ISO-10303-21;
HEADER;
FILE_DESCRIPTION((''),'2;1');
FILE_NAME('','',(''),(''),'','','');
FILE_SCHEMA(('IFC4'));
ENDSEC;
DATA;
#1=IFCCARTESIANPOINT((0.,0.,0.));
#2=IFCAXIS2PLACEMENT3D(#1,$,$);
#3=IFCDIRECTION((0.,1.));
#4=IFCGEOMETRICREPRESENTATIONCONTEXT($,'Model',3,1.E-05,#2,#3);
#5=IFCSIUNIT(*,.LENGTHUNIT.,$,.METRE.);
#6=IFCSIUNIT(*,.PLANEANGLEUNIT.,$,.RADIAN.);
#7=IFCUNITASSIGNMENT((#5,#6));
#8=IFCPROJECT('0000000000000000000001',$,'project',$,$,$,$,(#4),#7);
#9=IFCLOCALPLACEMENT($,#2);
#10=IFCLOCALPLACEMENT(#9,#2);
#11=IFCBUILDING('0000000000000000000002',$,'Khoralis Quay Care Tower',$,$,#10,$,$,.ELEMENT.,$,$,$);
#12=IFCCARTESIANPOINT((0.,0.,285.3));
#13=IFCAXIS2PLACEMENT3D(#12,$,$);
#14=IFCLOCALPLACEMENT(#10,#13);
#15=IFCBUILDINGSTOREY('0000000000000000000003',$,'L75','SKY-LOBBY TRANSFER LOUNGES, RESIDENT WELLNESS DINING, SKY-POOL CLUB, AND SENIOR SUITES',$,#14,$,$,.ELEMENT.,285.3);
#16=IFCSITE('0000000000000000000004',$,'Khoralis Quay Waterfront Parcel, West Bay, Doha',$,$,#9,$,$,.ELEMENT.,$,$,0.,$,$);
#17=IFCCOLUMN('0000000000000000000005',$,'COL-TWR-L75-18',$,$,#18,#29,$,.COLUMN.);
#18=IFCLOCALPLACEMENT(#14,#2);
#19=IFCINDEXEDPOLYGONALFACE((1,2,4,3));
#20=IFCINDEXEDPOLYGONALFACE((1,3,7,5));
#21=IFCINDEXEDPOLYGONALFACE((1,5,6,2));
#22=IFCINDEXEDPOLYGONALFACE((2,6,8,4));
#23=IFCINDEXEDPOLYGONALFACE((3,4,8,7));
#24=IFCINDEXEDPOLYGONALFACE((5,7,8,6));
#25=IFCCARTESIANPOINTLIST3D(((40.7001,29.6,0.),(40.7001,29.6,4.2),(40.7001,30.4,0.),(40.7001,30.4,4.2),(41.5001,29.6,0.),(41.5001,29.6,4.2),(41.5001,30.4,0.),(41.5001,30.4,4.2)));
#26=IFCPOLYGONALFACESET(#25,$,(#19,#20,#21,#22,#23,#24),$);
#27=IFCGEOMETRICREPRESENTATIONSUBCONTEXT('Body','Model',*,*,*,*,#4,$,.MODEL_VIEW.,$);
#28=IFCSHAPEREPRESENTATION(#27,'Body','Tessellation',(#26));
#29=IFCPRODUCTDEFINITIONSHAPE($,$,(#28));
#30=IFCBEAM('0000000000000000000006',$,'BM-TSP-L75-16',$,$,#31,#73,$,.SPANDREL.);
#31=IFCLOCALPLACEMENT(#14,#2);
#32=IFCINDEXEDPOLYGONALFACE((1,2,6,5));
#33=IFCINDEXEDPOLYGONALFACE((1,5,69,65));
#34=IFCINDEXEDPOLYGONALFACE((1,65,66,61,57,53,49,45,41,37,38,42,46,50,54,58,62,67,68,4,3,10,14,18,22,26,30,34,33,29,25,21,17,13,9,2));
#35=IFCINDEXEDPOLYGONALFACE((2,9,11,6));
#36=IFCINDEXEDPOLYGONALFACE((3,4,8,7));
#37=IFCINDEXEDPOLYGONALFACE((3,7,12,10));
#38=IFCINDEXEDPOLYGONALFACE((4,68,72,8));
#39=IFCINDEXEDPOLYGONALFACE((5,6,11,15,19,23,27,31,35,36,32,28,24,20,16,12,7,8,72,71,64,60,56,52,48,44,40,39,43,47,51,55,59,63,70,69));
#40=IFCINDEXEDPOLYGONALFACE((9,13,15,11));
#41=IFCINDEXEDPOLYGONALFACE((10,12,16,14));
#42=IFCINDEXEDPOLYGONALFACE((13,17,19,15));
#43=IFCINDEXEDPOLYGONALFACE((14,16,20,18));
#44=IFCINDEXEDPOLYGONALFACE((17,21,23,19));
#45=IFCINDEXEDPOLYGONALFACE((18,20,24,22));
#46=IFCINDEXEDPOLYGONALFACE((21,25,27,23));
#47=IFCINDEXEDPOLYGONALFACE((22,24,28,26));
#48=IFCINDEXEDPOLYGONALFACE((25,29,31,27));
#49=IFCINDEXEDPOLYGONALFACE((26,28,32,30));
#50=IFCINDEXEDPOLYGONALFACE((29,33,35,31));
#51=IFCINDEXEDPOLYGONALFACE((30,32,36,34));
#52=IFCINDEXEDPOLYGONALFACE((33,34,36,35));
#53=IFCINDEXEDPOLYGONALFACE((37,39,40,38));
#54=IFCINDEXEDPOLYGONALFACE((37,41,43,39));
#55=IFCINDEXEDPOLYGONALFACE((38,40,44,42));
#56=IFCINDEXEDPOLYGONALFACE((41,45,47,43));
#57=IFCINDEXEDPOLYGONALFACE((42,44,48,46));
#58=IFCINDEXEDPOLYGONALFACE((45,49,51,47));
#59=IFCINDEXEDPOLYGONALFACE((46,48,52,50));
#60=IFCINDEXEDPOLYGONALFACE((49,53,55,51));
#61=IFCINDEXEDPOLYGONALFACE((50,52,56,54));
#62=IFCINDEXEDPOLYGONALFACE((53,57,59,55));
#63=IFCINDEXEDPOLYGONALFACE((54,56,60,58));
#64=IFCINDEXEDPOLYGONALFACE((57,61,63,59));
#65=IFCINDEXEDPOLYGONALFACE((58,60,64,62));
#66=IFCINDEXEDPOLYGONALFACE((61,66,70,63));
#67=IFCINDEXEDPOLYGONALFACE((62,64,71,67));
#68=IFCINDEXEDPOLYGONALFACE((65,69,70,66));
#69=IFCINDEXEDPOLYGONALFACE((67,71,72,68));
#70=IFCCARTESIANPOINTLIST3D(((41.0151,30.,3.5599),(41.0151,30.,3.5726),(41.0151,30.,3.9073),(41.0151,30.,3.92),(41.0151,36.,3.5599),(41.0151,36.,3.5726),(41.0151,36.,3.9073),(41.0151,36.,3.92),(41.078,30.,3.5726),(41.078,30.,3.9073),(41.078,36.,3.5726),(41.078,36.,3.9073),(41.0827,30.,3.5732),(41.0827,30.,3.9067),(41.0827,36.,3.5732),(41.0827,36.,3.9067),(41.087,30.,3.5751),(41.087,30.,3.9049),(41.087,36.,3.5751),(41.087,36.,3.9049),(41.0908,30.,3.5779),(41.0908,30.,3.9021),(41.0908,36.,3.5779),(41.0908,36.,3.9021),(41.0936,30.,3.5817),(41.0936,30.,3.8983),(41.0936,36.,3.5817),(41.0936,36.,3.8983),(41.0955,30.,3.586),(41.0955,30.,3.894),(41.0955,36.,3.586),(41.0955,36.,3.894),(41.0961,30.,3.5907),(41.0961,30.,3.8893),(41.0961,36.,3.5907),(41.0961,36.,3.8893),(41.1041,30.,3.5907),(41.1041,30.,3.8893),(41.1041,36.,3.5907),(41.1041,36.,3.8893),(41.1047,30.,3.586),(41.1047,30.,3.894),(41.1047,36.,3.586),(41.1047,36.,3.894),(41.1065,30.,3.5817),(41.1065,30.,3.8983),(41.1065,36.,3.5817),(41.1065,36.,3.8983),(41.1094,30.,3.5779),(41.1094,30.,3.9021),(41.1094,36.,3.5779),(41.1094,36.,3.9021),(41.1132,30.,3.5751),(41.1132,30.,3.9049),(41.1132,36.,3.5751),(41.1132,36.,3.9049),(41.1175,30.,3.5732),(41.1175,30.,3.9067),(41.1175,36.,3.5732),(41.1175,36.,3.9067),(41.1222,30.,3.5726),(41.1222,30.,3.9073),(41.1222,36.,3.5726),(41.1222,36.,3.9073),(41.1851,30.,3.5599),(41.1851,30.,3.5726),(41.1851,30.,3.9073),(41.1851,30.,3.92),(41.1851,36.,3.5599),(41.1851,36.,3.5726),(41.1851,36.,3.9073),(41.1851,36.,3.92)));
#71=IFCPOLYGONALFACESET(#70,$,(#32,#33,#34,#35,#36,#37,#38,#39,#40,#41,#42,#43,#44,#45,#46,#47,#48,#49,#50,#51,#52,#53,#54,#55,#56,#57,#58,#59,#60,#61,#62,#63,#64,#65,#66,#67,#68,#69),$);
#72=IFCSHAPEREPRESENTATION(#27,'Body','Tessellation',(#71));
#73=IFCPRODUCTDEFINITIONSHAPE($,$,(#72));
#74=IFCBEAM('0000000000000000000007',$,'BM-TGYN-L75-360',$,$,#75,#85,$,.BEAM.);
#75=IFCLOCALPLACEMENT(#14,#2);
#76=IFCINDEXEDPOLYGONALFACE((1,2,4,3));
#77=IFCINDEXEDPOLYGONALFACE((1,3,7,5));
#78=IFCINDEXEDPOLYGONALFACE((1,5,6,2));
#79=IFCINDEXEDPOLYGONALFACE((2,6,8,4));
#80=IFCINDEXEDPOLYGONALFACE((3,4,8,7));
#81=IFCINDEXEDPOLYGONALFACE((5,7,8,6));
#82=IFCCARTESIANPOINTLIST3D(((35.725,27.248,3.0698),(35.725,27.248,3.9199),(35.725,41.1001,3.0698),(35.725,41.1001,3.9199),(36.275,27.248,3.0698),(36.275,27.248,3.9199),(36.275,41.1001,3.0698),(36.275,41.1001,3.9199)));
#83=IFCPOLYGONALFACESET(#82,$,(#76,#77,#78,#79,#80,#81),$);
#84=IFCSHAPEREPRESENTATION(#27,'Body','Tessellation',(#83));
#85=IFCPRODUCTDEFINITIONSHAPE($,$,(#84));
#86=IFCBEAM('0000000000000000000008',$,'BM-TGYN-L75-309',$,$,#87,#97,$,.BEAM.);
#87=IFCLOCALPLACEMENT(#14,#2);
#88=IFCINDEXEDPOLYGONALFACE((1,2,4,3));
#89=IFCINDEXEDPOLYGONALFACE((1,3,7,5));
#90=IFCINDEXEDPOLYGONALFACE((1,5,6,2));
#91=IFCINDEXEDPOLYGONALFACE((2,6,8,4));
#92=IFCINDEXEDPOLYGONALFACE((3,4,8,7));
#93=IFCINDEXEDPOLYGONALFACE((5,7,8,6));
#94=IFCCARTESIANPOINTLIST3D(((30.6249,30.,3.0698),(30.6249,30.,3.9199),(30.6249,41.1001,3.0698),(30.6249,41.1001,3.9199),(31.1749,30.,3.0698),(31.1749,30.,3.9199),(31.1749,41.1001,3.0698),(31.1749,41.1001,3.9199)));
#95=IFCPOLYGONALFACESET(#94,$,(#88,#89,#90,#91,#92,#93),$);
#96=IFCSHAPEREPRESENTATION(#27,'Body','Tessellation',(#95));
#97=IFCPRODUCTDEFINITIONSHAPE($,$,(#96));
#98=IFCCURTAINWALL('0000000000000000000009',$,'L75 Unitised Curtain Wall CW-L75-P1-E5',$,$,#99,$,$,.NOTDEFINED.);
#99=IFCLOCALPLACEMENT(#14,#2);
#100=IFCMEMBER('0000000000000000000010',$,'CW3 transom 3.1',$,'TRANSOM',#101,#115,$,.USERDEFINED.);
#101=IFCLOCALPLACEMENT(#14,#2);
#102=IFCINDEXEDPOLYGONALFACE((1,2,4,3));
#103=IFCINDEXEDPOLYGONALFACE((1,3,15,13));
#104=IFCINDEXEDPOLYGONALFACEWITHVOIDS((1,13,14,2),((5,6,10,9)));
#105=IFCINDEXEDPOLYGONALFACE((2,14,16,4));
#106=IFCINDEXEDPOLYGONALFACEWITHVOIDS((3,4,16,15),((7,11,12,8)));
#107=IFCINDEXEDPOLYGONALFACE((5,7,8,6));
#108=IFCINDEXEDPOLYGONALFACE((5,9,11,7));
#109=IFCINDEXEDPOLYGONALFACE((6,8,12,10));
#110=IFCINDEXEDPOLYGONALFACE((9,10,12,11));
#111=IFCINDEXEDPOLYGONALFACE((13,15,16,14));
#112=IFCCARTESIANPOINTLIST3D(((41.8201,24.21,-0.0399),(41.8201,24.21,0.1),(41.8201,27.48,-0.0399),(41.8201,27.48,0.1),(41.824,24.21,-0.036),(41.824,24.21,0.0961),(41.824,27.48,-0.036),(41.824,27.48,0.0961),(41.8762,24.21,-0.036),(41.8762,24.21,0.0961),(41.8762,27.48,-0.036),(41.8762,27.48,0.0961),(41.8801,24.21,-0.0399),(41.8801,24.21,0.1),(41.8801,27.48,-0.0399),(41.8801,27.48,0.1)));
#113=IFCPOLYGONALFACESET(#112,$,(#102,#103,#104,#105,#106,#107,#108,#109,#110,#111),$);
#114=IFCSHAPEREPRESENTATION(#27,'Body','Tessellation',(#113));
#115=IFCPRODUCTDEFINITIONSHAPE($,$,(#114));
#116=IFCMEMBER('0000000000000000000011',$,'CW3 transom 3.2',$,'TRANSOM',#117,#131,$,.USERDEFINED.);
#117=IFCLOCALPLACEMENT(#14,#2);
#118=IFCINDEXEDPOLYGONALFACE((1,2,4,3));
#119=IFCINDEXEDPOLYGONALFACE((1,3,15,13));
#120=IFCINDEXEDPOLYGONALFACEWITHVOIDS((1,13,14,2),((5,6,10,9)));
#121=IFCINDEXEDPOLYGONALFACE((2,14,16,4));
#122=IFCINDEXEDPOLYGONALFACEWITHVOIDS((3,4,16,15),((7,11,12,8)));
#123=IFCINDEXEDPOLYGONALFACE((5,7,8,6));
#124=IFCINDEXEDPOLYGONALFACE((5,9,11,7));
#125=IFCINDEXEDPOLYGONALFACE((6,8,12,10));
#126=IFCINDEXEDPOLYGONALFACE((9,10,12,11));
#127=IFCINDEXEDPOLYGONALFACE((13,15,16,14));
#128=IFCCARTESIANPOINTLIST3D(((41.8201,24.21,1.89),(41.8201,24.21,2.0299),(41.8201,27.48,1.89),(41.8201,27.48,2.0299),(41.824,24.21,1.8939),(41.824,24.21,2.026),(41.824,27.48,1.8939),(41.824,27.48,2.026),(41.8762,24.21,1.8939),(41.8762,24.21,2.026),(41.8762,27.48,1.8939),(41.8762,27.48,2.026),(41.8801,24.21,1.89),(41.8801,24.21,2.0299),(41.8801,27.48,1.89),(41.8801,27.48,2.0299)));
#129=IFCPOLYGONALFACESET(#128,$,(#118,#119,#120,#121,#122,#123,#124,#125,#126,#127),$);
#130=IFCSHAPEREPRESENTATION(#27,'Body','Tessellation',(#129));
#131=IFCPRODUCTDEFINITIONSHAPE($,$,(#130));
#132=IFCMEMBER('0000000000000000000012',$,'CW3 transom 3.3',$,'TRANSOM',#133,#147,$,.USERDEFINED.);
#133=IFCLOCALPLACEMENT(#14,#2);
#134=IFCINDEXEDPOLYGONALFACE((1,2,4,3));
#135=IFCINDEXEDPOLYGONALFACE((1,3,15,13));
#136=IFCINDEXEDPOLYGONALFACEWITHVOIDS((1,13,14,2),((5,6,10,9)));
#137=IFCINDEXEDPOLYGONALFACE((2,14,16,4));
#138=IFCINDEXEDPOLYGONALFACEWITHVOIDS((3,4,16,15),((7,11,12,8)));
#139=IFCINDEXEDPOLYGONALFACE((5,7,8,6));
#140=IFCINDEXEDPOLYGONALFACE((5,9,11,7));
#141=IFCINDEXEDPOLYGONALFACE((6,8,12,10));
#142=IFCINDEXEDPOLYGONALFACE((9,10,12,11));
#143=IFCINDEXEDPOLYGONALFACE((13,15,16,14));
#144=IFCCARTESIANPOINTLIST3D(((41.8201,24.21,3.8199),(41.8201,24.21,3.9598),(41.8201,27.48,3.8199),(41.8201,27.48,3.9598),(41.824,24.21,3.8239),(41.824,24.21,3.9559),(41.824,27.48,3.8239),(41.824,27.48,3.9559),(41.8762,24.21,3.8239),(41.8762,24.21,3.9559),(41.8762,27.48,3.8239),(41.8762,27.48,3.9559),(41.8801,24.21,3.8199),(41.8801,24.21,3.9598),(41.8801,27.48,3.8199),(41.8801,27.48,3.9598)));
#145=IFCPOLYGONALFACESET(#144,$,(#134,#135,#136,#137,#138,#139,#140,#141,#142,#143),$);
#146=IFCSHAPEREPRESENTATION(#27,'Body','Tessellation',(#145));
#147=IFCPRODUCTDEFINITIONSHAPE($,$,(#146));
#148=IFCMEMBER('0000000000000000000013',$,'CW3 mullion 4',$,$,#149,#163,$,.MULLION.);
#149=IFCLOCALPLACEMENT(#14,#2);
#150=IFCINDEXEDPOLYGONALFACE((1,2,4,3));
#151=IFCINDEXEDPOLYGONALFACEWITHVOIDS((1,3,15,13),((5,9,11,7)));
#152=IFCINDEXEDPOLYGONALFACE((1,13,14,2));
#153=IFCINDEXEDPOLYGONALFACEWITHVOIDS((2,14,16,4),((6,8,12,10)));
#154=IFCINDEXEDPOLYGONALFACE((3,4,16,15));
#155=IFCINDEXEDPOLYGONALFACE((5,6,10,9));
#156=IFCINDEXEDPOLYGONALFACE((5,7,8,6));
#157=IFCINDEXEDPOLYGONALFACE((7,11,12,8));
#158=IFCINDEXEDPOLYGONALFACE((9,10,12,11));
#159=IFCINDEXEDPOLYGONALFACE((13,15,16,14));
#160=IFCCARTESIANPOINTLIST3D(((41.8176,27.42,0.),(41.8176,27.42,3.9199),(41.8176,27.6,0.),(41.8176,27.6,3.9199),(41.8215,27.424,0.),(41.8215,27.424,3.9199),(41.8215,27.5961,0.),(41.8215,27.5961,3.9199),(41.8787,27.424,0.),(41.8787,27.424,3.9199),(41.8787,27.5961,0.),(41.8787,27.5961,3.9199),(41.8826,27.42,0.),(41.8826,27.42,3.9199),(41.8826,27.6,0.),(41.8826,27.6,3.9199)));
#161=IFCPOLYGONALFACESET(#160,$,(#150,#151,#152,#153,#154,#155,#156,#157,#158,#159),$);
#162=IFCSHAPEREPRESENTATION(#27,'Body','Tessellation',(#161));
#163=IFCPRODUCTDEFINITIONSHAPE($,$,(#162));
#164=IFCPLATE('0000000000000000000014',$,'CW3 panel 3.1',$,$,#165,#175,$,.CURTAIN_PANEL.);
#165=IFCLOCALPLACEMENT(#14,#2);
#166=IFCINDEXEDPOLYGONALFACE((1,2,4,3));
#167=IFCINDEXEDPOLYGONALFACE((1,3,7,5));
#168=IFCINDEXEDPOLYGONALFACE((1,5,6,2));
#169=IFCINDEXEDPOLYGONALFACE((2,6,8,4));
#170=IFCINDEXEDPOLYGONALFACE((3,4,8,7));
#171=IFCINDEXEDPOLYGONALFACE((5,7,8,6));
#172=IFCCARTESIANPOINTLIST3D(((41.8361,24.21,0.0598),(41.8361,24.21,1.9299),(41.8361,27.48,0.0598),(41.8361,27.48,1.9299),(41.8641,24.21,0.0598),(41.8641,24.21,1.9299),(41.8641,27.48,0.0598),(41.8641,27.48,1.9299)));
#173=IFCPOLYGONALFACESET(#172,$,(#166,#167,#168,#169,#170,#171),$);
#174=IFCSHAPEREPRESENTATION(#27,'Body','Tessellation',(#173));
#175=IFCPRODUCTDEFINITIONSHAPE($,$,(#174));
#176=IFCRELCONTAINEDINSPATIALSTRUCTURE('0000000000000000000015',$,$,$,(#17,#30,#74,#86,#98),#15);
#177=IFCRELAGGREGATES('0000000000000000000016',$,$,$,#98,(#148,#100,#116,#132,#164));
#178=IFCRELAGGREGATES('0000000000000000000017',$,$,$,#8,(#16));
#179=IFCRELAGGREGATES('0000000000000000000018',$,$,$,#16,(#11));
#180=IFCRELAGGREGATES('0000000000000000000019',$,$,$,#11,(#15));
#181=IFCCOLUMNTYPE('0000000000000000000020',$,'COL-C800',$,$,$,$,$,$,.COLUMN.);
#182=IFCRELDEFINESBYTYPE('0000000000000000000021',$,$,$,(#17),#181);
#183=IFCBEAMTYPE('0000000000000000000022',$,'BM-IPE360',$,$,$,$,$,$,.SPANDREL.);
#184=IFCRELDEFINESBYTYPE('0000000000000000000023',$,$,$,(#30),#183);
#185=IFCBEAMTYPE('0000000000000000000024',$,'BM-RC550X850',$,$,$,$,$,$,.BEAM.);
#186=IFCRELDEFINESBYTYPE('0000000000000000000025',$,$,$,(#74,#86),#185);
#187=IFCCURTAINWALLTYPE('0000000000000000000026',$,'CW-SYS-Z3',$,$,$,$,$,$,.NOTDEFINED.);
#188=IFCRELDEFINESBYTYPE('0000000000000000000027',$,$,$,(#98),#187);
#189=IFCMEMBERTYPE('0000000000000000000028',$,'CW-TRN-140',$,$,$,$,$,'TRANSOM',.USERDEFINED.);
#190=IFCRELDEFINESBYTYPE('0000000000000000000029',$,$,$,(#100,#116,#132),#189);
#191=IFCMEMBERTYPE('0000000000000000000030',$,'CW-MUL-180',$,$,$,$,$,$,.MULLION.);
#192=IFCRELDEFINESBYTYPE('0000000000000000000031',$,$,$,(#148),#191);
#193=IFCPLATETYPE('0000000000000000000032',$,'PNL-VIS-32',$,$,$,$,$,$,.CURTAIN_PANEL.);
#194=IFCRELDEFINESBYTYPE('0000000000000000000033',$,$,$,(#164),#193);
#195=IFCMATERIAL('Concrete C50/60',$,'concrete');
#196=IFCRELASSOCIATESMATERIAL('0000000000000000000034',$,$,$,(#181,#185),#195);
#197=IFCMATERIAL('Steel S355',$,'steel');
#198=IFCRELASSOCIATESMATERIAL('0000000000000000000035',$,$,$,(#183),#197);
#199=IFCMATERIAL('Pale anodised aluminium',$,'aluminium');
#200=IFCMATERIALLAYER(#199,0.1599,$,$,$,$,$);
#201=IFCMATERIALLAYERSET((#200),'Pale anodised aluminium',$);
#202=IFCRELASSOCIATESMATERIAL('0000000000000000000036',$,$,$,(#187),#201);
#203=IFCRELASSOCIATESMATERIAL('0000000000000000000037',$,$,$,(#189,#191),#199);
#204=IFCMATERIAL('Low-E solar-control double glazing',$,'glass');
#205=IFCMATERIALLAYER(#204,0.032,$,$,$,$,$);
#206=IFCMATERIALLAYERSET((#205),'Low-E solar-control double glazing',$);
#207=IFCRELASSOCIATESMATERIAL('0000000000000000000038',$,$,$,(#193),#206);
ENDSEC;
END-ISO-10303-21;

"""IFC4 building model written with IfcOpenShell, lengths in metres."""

from ifc_helpers import new_model, si_unit, direction, frame, origin, origin_2d, place, context, subcontext, project, spatial, rectangle, hollow_rectangle, i_section, extrude, source, transform, mapped, material, layer, layer_set, material_profile, profile_set, type_object, element, aggregate, save


model = new_model("IFC4")

# Units and contexts
model_context = context("Model", 3, precision=1e-05, world=origin(), true_north=direction((0.0, 1.0)))
body_context = subcontext(model_context, "Body", "Model", "MODEL_VIEW")
ifc_project = project(units=[si_unit("LENGTHUNIT", "METRE"), si_unit("PLANEANGLEUNIT", "RADIAN")], contexts=[model_context])

# Site, building, storey
site_placement = place(None, origin())
site = spatial("IfcSite", under=ifc_project, at=site_placement, Name="Khoralis Quay Waterfront Parcel, West Bay, Doha", CompositionType="ELEMENT", RefElevation=0.0)
building_placement = place(site_placement, origin())
building = spatial("IfcBuilding", under=site, at=building_placement, Name="Khoralis Quay Care Tower", CompositionType="ELEMENT")
storey_placement = place(building_placement, frame((0.0, 0.0, 285.3)))
storey = spatial("IfcBuildingStorey", under=building, at=storey_placement, Name="L75", Description="SKY-LOBBY TRANSFER LOUNGES, RESIDENT WELLNESS DINING, SKY-POOL CLUB, AND SENIOR SUITES", CompositionType="ELEMENT", Elevation=285.3)

# Column
ifc_material_1 = material(Name="Concrete C50/60", Category="concrete")
ifc_material_profile_1 = material_profile(ifc_material_1, rectangle(XDim=0.8, YDim=0.8, at=origin_2d()), Name="Concrete C50/60")
ifc_profile_set_1 = profile_set([ifc_material_profile_1], Name="Concrete C50/60")
column_type = type_object("IfcColumnType", Name="COL-C800", PredefinedType="COLUMN", material=ifc_profile_set_1)
shared_shape_1 = source(origin(), body_context, "Body", "SweptSolid", [
    extrude(rectangle(XDim=0.8, YDim=0.8, at=origin_2d()), origin(), (0.0, 0.0, 1.0), 4.2),
])
column_placement = place(storey_placement, frame((41.1001, 30.0, 0.0), z_axis=(0.0, 0.0, 1.0), x_axis=(1.0, 0.0, 0.0)))
element("IfcColumn", 1, at=column_placement, inside=storey, type_object=column_type, Name="COL-TWR-L75-18", PredefinedType="COLUMN", context=body_context, shape_type="MappedRepresentation", body=[
    mapped(shared_shape_1, transform((0.0, 0.0, 0.0), scale=1.0)),
])

# Beams
ifc_material_2 = material(Name="Steel S355", Category="steel")
ifc_material_profile_2 = material_profile(ifc_material_2, i_section(OverallWidth=0.1699, OverallDepth=0.3601, WebThickness=0.0081, FlangeThickness=0.0127, FilletRadius=0.0181, at=origin_2d()), Name="Steel S355")
ifc_profile_set_2 = profile_set([ifc_material_profile_2], Name="Steel S355")
beam_type_1 = type_object("IfcBeamType", Name="BM-IPE360", PredefinedType="SPANDREL", material=ifc_profile_set_2)
shared_shape_2 = source(origin(), body_context, "Body", "SweptSolid", [
    extrude(i_section(OverallWidth=0.1699, OverallDepth=0.3601, WebThickness=0.0081, FlangeThickness=0.0127, FilletRadius=0.0181, at=origin_2d()), origin(), (0.0, 0.0, 1.0), 6.0),
])
beam_1_placement = place(storey_placement, frame((41.1001, 30.0, 3.74), z_axis=(0.0, 1.0, 0.0), x_axis=(-1.0, 0.0, 0.0)))
element("IfcBeam", 2, at=beam_1_placement, inside=storey, type_object=beam_type_1, Name="BM-TSP-L75-16", PredefinedType="SPANDREL", context=body_context, shape_type="MappedRepresentation", body=[
    mapped(shared_shape_2, transform((0.0, 0.0, 0.0), scale=1.0)),
])
ifc_material_profile_3 = material_profile(ifc_material_1, rectangle(XDim=0.55, YDim=0.8501, at=origin_2d()), Name="Concrete C50/60")
ifc_profile_set_3 = profile_set([ifc_material_profile_3], Name="Concrete C50/60")
beam_type_2 = type_object("IfcBeamType", Name="BM-RC550X850", PredefinedType="BEAM", material=ifc_profile_set_3)
shared_shape_3 = source(origin(), body_context, "Body", "SweptSolid", [
    extrude(rectangle(XDim=0.55, YDim=0.8501, at=origin_2d()), origin(), (0.0, 0.0, 1.0), 13.8521),
])
beam_2_placement = place(storey_placement, frame((36.0, 27.248, 3.4949), z_axis=(0.0, 1.0, 0.0), x_axis=(-1.0, 0.0, 0.0)))
element("IfcBeam", 3, at=beam_2_placement, inside=storey, type_object=beam_type_2, Name="BM-TGYN-L75-360", PredefinedType="BEAM", context=body_context, shape_type="MappedRepresentation", body=[
    mapped(shared_shape_3, transform((0.0, 0.0, 0.0), scale=1.0)),
])
shared_shape_4 = source(origin(), body_context, "Body", "SweptSolid", [
    extrude(rectangle(XDim=0.55, YDim=0.8501, at=origin_2d()), origin(), (0.0, 0.0, 1.0), 11.1001),
])
beam_3_placement = place(storey_placement, frame((30.8999, 30.0, 3.4949), z_axis=(0.0, 1.0, 0.0), x_axis=(-1.0, 0.0, 0.0)))
element("IfcBeam", 4, at=beam_3_placement, inside=storey, type_object=beam_type_2, Name="BM-TGYN-L75-309", PredefinedType="BEAM", context=body_context, shape_type="MappedRepresentation", body=[
    mapped(shared_shape_4, transform((0.0, 0.0, 0.0), scale=1.0)),
])

# Curtain wall, members, plate
ifc_material_3 = material(Name="Pale anodised aluminium", Category="aluminium")
ifc_layer_1 = layer(ifc_material_3, 0.1599)
ifc_layer_set_1 = layer_set([ifc_layer_1], Name="Pale anodised aluminium")
curtain_wall_type = type_object("IfcCurtainWallType", Name="CW-SYS-Z3", PredefinedType="NOTDEFINED", material=ifc_layer_set_1)
curtain_wall_placement = place(storey_placement, origin())
curtain_wall = element("IfcCurtainWall", 5, at=curtain_wall_placement, inside=storey, type_object=curtain_wall_type, Name="L75 Unitised Curtain Wall CW-L75-P1-E5", PredefinedType="NOTDEFINED")
ifc_material_profile_4 = material_profile(ifc_material_3, hollow_rectangle(XDim=0.0601, YDim=0.1399, WallThickness=0.0039, at=origin_2d()), Name="Pale anodised aluminium")
ifc_profile_set_4 = profile_set([ifc_material_profile_4], Name="Pale anodised aluminium")
member_type_1 = type_object("IfcMemberType", Name="CW-TRN-140", ElementType="TRANSOM", PredefinedType="USERDEFINED", material=ifc_profile_set_4)
shared_shape_5 = source(origin(), body_context, "Body", "SweptSolid", [
    extrude(hollow_rectangle(XDim=0.0601, YDim=0.1399, WallThickness=0.0039, at=origin_2d()), origin(), (0.0, 0.0, 1.0), 3.27),
])
member_1_placement = place(storey_placement, frame((41.8501, 24.21, 0.03), z_axis=(0.0, 1.0, 0.0), x_axis=(-1.0, 0.0, 0.0)))
member_1 = element("IfcMember", 6, at=member_1_placement, type_object=member_type_1, Name="CW3 transom 3.1", ObjectType="TRANSOM", PredefinedType="USERDEFINED", context=body_context, shape_type="MappedRepresentation", body=[
    mapped(shared_shape_5, transform((0.0, 0.0, 0.0), scale=1.0)),
])
member_2_placement = place(storey_placement, frame((41.8501, 24.21, 1.96), z_axis=(0.0, 1.0, 0.0), x_axis=(-1.0, 0.0, 0.0)))
member_2 = element("IfcMember", 7, at=member_2_placement, type_object=member_type_1, Name="CW3 transom 3.2", ObjectType="TRANSOM", PredefinedType="USERDEFINED", context=body_context, shape_type="MappedRepresentation", body=[
    mapped(shared_shape_5, transform((0.0, 0.0, 0.0), scale=1.0)),
])
member_3_placement = place(storey_placement, frame((41.8501, 24.21, 3.8899), z_axis=(0.0, 1.0, 0.0), x_axis=(-1.0, 0.0, 0.0)))
member_3 = element("IfcMember", 8, at=member_3_placement, type_object=member_type_1, Name="CW3 transom 3.3", ObjectType="TRANSOM", PredefinedType="USERDEFINED", context=body_context, shape_type="MappedRepresentation", body=[
    mapped(shared_shape_5, transform((0.0, 0.0, 0.0), scale=1.0)),
])
ifc_material_profile_5 = material_profile(ifc_material_3, hollow_rectangle(XDim=0.0649, YDim=0.1799, WallThickness=0.0039, at=origin_2d()), Name="Pale anodised aluminium")
ifc_profile_set_5 = profile_set([ifc_material_profile_5], Name="Pale anodised aluminium")
member_type_2 = type_object("IfcMemberType", Name="CW-MUL-180", PredefinedType="MULLION", material=ifc_profile_set_5)
shared_shape_6 = source(origin(), body_context, "Body", "SweptSolid", [
    extrude(hollow_rectangle(XDim=0.0649, YDim=0.1799, WallThickness=0.0039, at=origin_2d()), origin(), (0.0, 0.0, 1.0), 3.9199),
])
member_4_placement = place(storey_placement, frame((41.8501, 27.51, 0.0), z_axis=(0.0, 0.0, 1.0), x_axis=(-1.0, 0.0, 0.0)))
member_4 = element("IfcMember", 9, at=member_4_placement, type_object=member_type_2, Name="CW3 mullion 4", PredefinedType="MULLION", context=body_context, shape_type="MappedRepresentation", body=[
    mapped(shared_shape_6, transform((0.0, 0.0, 0.0), scale=1.0)),
])
ifc_material_4 = material(Name="Low-E solar-control double glazing", Category="glass")
ifc_layer_2 = layer(ifc_material_4, 0.032)
ifc_layer_set_2 = layer_set([ifc_layer_2], Name="Low-E solar-control double glazing")
plate_type = type_object("IfcPlateType", Name="PNL-VIS-32", PredefinedType="CURTAIN_PANEL", material=ifc_layer_set_2)
shared_shape_7 = source(origin(), body_context, "Body", "SweptSolid", [
    extrude(rectangle(XDim=3.27, YDim=0.0281, at=origin_2d()), origin(), (0.0, 0.0, 1.0), 1.8701),
])
plate_1_placement = place(storey_placement, frame((41.8501, 25.845, 0.0598), z_axis=(0.0, 0.0, 1.0), x_axis=(0.0, 1.0, 0.0)))
plate_1 = element("IfcPlate", 10, at=plate_1_placement, type_object=plate_type, Name="CW3 panel 3.1", PredefinedType="CURTAIN_PANEL", context=body_context, shape_type="MappedRepresentation", body=[
    mapped(shared_shape_7, transform((0.0, 0.0, 0.0), scale=1.0)),
])
aggregate(curtain_wall, [member_4, member_1, member_2, member_3, plate_1])

save(model, "model.ifc")
